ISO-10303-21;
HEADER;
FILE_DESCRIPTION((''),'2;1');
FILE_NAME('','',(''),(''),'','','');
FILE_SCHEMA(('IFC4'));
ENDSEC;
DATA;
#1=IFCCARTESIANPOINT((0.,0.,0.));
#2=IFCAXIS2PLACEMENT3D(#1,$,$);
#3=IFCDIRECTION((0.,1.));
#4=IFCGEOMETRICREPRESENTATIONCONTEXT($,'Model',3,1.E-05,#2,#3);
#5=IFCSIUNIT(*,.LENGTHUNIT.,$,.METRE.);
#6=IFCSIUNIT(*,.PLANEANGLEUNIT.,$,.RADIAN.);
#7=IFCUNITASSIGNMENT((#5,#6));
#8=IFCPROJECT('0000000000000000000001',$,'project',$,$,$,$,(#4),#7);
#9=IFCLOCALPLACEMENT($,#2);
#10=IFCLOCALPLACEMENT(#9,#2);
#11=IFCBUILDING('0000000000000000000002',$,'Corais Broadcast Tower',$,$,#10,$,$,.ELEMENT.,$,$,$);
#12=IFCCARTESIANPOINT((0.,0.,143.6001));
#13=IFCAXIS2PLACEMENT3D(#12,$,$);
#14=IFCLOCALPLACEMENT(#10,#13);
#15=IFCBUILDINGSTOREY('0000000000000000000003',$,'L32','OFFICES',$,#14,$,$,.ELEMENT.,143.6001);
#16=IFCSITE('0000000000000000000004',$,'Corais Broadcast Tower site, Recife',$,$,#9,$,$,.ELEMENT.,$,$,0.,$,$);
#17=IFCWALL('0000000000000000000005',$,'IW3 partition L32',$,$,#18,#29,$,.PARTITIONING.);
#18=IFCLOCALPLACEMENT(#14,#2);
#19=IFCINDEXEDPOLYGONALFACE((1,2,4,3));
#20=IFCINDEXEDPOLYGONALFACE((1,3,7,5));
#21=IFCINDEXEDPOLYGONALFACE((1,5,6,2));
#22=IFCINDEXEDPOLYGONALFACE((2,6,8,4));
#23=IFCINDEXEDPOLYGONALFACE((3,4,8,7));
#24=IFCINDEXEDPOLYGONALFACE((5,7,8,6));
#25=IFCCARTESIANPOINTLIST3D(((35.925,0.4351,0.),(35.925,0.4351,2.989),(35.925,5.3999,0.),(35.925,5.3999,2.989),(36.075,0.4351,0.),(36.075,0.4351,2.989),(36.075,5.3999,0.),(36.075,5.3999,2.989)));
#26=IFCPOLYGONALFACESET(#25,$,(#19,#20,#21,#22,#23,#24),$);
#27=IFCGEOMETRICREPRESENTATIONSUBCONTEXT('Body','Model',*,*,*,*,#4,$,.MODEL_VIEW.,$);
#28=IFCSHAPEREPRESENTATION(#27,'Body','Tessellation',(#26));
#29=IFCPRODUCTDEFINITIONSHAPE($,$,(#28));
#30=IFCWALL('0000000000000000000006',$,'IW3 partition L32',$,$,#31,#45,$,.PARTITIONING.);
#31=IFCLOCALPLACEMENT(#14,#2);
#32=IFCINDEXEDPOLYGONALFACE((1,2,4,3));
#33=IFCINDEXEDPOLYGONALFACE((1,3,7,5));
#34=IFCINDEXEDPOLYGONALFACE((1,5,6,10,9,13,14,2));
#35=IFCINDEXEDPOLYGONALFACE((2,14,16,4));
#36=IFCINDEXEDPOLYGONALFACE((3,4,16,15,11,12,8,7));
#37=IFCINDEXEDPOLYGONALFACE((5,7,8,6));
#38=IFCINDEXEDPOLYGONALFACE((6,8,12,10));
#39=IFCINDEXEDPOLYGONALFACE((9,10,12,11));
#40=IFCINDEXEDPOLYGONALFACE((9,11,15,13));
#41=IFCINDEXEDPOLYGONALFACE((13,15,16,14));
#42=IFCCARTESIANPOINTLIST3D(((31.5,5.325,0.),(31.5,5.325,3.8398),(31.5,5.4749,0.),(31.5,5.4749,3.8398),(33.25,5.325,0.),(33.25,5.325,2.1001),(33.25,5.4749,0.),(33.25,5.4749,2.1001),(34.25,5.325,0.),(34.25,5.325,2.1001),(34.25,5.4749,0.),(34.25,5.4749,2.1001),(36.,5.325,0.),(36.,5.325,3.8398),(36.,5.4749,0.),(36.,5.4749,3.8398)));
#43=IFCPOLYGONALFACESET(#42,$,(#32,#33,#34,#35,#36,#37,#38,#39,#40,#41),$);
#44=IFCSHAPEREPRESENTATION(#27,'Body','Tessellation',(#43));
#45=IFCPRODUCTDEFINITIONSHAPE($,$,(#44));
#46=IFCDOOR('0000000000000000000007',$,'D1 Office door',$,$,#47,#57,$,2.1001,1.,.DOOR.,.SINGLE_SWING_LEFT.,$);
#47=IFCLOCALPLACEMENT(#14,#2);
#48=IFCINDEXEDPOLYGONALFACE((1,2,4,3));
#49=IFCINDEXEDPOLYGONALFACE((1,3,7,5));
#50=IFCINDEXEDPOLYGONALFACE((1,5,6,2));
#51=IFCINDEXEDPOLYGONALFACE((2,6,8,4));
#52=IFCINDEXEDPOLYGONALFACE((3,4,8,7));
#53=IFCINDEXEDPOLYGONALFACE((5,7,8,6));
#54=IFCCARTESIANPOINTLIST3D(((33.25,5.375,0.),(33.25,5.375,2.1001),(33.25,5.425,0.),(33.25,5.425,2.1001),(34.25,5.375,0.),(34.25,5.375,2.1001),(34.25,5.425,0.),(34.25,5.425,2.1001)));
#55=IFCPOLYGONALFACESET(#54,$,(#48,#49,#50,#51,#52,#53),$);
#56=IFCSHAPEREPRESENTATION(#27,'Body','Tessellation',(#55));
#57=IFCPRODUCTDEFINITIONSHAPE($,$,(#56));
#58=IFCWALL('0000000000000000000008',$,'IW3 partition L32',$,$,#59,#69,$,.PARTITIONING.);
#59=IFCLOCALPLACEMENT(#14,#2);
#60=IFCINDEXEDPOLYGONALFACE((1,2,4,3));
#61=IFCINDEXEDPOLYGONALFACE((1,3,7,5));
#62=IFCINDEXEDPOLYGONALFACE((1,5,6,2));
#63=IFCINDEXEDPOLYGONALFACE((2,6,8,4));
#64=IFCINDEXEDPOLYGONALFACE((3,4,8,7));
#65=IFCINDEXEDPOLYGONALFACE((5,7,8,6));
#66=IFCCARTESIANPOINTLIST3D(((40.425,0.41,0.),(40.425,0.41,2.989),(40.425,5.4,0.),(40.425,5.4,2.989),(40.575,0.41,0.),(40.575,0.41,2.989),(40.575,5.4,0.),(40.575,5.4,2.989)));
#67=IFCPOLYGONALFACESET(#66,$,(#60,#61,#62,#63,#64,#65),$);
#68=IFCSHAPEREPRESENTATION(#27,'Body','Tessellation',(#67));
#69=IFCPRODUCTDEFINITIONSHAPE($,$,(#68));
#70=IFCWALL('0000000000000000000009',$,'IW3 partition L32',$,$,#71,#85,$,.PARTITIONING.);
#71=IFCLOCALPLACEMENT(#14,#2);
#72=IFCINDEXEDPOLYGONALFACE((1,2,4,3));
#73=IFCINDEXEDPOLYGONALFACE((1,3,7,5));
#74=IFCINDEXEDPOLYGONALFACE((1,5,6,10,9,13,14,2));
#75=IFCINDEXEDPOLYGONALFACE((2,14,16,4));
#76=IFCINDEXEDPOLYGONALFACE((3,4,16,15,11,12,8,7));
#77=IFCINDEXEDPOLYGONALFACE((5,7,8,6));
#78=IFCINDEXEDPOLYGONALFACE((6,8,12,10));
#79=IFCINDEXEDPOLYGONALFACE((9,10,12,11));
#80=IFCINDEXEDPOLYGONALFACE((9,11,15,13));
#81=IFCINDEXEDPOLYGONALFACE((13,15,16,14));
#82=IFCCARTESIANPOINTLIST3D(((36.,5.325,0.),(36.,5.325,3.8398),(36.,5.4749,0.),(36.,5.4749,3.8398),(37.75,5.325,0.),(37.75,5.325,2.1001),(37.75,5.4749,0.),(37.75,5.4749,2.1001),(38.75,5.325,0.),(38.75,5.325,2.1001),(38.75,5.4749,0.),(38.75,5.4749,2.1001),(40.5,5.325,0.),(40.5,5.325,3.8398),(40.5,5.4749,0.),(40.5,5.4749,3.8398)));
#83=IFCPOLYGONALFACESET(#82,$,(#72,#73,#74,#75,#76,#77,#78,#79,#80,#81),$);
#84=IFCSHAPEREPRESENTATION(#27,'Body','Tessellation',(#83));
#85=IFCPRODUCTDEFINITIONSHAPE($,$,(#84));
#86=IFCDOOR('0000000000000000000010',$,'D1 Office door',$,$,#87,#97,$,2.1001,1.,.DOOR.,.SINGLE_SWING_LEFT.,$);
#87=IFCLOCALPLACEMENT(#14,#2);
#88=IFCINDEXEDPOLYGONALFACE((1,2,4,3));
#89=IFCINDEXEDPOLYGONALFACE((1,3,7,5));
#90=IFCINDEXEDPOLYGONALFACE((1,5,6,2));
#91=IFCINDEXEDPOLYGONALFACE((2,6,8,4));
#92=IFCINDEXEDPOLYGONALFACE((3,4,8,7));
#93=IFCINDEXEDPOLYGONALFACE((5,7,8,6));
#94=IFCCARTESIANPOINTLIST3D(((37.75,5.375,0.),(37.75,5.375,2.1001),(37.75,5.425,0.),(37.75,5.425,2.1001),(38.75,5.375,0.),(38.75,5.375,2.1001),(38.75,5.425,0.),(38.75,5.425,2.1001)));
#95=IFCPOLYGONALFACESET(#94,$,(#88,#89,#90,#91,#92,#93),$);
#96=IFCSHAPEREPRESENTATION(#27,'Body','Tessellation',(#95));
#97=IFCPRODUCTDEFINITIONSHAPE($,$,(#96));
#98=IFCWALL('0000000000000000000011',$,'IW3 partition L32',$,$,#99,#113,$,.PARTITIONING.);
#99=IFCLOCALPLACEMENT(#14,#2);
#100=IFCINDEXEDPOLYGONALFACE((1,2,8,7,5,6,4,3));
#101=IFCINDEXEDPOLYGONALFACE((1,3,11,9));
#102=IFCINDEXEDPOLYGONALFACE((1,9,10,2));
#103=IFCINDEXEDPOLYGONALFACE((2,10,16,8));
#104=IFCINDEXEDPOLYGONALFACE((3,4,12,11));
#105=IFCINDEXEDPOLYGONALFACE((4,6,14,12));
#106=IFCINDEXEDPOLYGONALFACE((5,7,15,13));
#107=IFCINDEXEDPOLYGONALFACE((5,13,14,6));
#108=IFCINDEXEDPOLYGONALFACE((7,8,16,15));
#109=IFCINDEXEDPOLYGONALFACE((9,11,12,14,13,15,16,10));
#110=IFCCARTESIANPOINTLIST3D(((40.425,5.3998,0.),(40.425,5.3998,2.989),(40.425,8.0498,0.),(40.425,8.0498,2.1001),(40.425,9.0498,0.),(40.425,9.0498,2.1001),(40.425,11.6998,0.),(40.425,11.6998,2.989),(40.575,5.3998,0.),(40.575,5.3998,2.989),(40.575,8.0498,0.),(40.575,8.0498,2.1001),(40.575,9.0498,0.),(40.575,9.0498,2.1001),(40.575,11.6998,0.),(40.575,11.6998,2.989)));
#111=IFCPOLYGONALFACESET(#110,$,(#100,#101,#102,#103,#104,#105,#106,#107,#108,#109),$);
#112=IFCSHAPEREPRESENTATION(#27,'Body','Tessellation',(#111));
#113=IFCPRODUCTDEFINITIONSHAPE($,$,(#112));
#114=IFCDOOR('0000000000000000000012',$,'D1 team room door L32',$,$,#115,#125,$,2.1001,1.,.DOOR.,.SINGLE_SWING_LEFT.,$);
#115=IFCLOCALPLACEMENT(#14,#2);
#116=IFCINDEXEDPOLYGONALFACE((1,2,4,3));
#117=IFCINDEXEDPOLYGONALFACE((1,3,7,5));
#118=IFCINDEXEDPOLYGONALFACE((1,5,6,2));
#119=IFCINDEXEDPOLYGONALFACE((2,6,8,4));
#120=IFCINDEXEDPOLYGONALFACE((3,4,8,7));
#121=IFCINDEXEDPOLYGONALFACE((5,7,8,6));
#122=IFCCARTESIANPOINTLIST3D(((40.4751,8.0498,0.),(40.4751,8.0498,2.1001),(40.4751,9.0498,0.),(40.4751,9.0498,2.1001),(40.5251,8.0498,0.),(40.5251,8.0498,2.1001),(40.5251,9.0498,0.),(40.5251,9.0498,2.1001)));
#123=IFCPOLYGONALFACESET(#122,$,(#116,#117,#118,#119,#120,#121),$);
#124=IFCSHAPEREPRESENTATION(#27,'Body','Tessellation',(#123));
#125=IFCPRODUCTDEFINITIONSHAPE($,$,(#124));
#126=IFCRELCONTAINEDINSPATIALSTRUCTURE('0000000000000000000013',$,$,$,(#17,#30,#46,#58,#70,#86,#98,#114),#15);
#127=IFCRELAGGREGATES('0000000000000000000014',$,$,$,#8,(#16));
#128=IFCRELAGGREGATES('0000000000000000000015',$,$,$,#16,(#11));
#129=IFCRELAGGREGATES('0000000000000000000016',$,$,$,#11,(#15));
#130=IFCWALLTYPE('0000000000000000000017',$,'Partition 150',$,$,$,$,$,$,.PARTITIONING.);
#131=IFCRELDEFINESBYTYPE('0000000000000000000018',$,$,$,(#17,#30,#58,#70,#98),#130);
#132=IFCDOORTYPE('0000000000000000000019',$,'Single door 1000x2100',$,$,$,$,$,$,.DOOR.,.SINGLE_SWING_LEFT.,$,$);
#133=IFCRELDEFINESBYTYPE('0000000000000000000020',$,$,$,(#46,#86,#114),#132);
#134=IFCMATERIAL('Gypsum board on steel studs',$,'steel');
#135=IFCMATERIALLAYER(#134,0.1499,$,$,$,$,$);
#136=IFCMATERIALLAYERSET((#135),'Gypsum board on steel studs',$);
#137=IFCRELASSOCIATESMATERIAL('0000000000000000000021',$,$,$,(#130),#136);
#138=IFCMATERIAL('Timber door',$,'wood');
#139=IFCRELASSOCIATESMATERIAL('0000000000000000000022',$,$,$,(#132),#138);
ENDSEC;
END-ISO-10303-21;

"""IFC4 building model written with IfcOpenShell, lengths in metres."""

from ifc_helpers import new_model, si_unit, direction, frame, frame_2d, origin, place, context, subcontext, project, spatial, rectangle, extrude, material, layer, layer_set, type_object, element, fill, save


model = new_model("IFC4")

# Units and contexts
model_context = context("Model", 3, precision=1e-05, world=origin(), true_north=direction((0.0, 1.0)))
body_context = subcontext(model_context, "Body", "Model", "MODEL_VIEW")
ifc_project = project(units=[si_unit("LENGTHUNIT", "METRE"), si_unit("PLANEANGLEUNIT", "RADIAN")], contexts=[model_context])

# Site, building, storey
site_placement = place(None, origin())
site = spatial("IfcSite", under=ifc_project, at=site_placement, Name="Corais Broadcast Tower site, Recife", CompositionType="ELEMENT", RefElevation=0.0)
building_placement = place(site_placement, origin())
building = spatial("IfcBuilding", under=site, at=building_placement, Name="Corais Broadcast Tower", CompositionType="ELEMENT")
storey_placement = place(building_placement, frame((0.0, 0.0, 143.6001)))
storey = spatial("IfcBuildingStorey", under=building, at=storey_placement, Name="L32", Description="OFFICES", CompositionType="ELEMENT", Elevation=143.6001)

# Shared definitions
ifc_material_1 = material(Name="Gypsum board on steel studs", Category="steel")
ifc_layer = layer(ifc_material_1, 0.1499)
ifc_layer_set = layer_set([ifc_layer], Name="Gypsum board on steel studs")
wall_type = type_object("IfcWallType", Name="Partition 150", PredefinedType="PARTITIONING", material=ifc_layer_set)

# Shared definitions
ifc_material_2 = material(Name="Timber door", Category="wood")
door_type = type_object("IfcDoorType", Name="Single door 1000x2100", OperationType="SINGLE_SWING_LEFT", PredefinedType="DOOR", material=ifc_material_2)

# Wall
wall_1_placement = place(storey_placement, frame((36.0, 0.4351, 0.0), z_axis=(0.0, 0.0, 1.0), x_axis=(0.0, 1.0, 0.0)))
element("IfcWall", 1, at=wall_1_placement, inside=storey, type_object=wall_type, Name="IW3 partition L32", PredefinedType="PARTITIONING", context=body_context, shape_type="SweptSolid", body=[
    extrude(rectangle(XDim=4.9648, YDim=0.1499, at=frame_2d((2.4824, 0.0))), origin(), (0.0, 0.0, 1.0), 2.989),
])

# Wall, opening, door
wall_2_placement = place(storey_placement, frame((36.0, 5.3999, 0.0), z_axis=(0.0, 0.0, 1.0), x_axis=(-1.0, 0.0, 0.0)))
wall_2 = element("IfcWall", 2, at=wall_2_placement, inside=storey, type_object=wall_type, Name="IW3 partition L32", PredefinedType="PARTITIONING", context=body_context, shape_type="SweptSolid", body=[
    extrude(rectangle(XDim=4.5, YDim=0.1499, at=frame_2d((2.25, 0.0))), origin(), (0.0, 0.0, 1.0), 3.8398),
])
opening_1_placement = place(wall_2_placement, frame((1.75, 0.0, 0.0)))
opening_1 = element("IfcOpeningElement", 3, at=opening_1_placement, cuts=wall_2, PredefinedType="OPENING", context=body_context, shape_type="SweptSolid", body=[
    extrude(rectangle(XDim=1.0, YDim=2.1001, at=frame_2d((0.5, 1.05))), frame((0.0, 0.085, 0.0), z_axis=(0.0, -1.0, 0.0), x_axis=(1.0, 0.0, 0.0)), (0.0, 0.0, 1.0), 0.1699),
])
door_1_placement = place(opening_1_placement, origin())
door_1 = element("IfcDoor", 4, at=door_1_placement, inside=storey, type_object=door_type, Name="D1 Office door", OperationType="SINGLE_SWING_LEFT", OverallHeight=2.1001, OverallWidth=1.0, PredefinedType="DOOR", context=body_context, shape_type="SweptSolid", body=[
    extrude(rectangle(XDim=1.0, YDim=2.1001, at=frame_2d((0.5, 1.05))), frame((0.0, 0.0249, 0.0), z_axis=(0.0, -1.0, 0.0), x_axis=(1.0, 0.0, 0.0)), (0.0, 0.0, 1.0), 0.05),
])
fill(opening_1, door_1)

# Wall
wall_3_placement = place(storey_placement, frame((40.5, 0.4099, 0.0), z_axis=(0.0, 0.0, 1.0), x_axis=(0.0, 1.0, 0.0)))
element("IfcWall", 5, at=wall_3_placement, inside=storey, type_object=wall_type, Name="IW3 partition L32", PredefinedType="PARTITIONING", context=body_context, shape_type="SweptSolid", body=[
    extrude(rectangle(XDim=4.99, YDim=0.1499, at=frame_2d((2.4951, 0.0))), origin(), (0.0, 0.0, 1.0), 2.989),
])

# Walls, openings, doors
wall_4_placement = place(storey_placement, frame((40.5, 5.3999, 0.0), z_axis=(0.0, 0.0, 1.0), x_axis=(-1.0, 0.0, 0.0)))
wall_4 = element("IfcWall", 6, at=wall_4_placement, inside=storey, type_object=wall_type, Name="IW3 partition L32", PredefinedType="PARTITIONING", context=body_context, shape_type="SweptSolid", body=[
    extrude(rectangle(XDim=4.5, YDim=0.1499, at=frame_2d((2.25, 0.0))), origin(), (0.0, 0.0, 1.0), 3.8398),
])
opening_2_placement = place(wall_4_placement, frame((1.75, 0.0, 0.0)))
opening_2 = element("IfcOpeningElement", 7, at=opening_2_placement, cuts=wall_4, PredefinedType="OPENING", context=body_context, shape_type="SweptSolid", body=[
    extrude(rectangle(XDim=1.0, YDim=2.1001, at=frame_2d((0.5, 1.05))), frame((0.0, 0.085, 0.0), z_axis=(0.0, -1.0, 0.0), x_axis=(1.0, 0.0, 0.0)), (0.0, 0.0, 1.0), 0.1699),
])
door_2_placement = place(opening_2_placement, origin())
door_2 = element("IfcDoor", 8, at=door_2_placement, inside=storey, type_object=door_type, Name="D1 Office door", OperationType="SINGLE_SWING_LEFT", OverallHeight=2.1001, OverallWidth=1.0, PredefinedType="DOOR", context=body_context, shape_type="SweptSolid", body=[
    extrude(rectangle(XDim=1.0, YDim=2.1001, at=frame_2d((0.5, 1.05))), frame((0.0, 0.0249, 0.0), z_axis=(0.0, -1.0, 0.0), x_axis=(1.0, 0.0, 0.0)), (0.0, 0.0, 1.0), 0.05),
])
fill(opening_2, door_2)
wall_5_placement = place(storey_placement, frame((40.5, 5.3999, 0.0), z_axis=(0.0, 0.0, 1.0), x_axis=(0.0, 1.0, 0.0)))
wall_5 = element("IfcWall", 9, at=wall_5_placement, inside=storey, type_object=wall_type, Name="IW3 partition L32", PredefinedType="PARTITIONING", context=body_context, shape_type="SweptSolid", body=[
    extrude(rectangle(XDim=6.3, YDim=0.1499, at=frame_2d((3.1499, 0.0))), origin(), (0.0, 0.0, 1.0), 2.989),
])
opening_3_placement = place(wall_5_placement, frame((2.6499, 0.0, 0.0)))
opening_3 = element("IfcOpeningElement", 10, at=opening_3_placement, cuts=wall_5, PredefinedType="OPENING", context=body_context, shape_type="SweptSolid", body=[
    extrude(rectangle(XDim=1.0, YDim=2.1001, at=frame_2d((0.5, 1.05))), frame((0.0, 0.085, 0.0), z_axis=(0.0, -1.0, 0.0), x_axis=(1.0, 0.0, 0.0)), (0.0, 0.0, 1.0), 0.1699),
])
door_3_placement = place(opening_3_placement, origin())
door_3 = element("IfcDoor", 11, at=door_3_placement, inside=storey, type_object=door_type, Name="D1 team room door L32", OperationType="SINGLE_SWING_LEFT", OverallHeight=2.1001, OverallWidth=1.0, PredefinedType="DOOR", context=body_context, shape_type="SweptSolid", body=[
    extrude(rectangle(XDim=1.0, YDim=2.1001, at=frame_2d((0.5, 1.05))), frame((0.0, 0.0249, 0.0), z_axis=(0.0, -1.0, 0.0), x_axis=(1.0, 0.0, 0.0)), (0.0, 0.0, 1.0), 0.05),
])
fill(opening_3, door_3)

save(model, "model.ifc")
